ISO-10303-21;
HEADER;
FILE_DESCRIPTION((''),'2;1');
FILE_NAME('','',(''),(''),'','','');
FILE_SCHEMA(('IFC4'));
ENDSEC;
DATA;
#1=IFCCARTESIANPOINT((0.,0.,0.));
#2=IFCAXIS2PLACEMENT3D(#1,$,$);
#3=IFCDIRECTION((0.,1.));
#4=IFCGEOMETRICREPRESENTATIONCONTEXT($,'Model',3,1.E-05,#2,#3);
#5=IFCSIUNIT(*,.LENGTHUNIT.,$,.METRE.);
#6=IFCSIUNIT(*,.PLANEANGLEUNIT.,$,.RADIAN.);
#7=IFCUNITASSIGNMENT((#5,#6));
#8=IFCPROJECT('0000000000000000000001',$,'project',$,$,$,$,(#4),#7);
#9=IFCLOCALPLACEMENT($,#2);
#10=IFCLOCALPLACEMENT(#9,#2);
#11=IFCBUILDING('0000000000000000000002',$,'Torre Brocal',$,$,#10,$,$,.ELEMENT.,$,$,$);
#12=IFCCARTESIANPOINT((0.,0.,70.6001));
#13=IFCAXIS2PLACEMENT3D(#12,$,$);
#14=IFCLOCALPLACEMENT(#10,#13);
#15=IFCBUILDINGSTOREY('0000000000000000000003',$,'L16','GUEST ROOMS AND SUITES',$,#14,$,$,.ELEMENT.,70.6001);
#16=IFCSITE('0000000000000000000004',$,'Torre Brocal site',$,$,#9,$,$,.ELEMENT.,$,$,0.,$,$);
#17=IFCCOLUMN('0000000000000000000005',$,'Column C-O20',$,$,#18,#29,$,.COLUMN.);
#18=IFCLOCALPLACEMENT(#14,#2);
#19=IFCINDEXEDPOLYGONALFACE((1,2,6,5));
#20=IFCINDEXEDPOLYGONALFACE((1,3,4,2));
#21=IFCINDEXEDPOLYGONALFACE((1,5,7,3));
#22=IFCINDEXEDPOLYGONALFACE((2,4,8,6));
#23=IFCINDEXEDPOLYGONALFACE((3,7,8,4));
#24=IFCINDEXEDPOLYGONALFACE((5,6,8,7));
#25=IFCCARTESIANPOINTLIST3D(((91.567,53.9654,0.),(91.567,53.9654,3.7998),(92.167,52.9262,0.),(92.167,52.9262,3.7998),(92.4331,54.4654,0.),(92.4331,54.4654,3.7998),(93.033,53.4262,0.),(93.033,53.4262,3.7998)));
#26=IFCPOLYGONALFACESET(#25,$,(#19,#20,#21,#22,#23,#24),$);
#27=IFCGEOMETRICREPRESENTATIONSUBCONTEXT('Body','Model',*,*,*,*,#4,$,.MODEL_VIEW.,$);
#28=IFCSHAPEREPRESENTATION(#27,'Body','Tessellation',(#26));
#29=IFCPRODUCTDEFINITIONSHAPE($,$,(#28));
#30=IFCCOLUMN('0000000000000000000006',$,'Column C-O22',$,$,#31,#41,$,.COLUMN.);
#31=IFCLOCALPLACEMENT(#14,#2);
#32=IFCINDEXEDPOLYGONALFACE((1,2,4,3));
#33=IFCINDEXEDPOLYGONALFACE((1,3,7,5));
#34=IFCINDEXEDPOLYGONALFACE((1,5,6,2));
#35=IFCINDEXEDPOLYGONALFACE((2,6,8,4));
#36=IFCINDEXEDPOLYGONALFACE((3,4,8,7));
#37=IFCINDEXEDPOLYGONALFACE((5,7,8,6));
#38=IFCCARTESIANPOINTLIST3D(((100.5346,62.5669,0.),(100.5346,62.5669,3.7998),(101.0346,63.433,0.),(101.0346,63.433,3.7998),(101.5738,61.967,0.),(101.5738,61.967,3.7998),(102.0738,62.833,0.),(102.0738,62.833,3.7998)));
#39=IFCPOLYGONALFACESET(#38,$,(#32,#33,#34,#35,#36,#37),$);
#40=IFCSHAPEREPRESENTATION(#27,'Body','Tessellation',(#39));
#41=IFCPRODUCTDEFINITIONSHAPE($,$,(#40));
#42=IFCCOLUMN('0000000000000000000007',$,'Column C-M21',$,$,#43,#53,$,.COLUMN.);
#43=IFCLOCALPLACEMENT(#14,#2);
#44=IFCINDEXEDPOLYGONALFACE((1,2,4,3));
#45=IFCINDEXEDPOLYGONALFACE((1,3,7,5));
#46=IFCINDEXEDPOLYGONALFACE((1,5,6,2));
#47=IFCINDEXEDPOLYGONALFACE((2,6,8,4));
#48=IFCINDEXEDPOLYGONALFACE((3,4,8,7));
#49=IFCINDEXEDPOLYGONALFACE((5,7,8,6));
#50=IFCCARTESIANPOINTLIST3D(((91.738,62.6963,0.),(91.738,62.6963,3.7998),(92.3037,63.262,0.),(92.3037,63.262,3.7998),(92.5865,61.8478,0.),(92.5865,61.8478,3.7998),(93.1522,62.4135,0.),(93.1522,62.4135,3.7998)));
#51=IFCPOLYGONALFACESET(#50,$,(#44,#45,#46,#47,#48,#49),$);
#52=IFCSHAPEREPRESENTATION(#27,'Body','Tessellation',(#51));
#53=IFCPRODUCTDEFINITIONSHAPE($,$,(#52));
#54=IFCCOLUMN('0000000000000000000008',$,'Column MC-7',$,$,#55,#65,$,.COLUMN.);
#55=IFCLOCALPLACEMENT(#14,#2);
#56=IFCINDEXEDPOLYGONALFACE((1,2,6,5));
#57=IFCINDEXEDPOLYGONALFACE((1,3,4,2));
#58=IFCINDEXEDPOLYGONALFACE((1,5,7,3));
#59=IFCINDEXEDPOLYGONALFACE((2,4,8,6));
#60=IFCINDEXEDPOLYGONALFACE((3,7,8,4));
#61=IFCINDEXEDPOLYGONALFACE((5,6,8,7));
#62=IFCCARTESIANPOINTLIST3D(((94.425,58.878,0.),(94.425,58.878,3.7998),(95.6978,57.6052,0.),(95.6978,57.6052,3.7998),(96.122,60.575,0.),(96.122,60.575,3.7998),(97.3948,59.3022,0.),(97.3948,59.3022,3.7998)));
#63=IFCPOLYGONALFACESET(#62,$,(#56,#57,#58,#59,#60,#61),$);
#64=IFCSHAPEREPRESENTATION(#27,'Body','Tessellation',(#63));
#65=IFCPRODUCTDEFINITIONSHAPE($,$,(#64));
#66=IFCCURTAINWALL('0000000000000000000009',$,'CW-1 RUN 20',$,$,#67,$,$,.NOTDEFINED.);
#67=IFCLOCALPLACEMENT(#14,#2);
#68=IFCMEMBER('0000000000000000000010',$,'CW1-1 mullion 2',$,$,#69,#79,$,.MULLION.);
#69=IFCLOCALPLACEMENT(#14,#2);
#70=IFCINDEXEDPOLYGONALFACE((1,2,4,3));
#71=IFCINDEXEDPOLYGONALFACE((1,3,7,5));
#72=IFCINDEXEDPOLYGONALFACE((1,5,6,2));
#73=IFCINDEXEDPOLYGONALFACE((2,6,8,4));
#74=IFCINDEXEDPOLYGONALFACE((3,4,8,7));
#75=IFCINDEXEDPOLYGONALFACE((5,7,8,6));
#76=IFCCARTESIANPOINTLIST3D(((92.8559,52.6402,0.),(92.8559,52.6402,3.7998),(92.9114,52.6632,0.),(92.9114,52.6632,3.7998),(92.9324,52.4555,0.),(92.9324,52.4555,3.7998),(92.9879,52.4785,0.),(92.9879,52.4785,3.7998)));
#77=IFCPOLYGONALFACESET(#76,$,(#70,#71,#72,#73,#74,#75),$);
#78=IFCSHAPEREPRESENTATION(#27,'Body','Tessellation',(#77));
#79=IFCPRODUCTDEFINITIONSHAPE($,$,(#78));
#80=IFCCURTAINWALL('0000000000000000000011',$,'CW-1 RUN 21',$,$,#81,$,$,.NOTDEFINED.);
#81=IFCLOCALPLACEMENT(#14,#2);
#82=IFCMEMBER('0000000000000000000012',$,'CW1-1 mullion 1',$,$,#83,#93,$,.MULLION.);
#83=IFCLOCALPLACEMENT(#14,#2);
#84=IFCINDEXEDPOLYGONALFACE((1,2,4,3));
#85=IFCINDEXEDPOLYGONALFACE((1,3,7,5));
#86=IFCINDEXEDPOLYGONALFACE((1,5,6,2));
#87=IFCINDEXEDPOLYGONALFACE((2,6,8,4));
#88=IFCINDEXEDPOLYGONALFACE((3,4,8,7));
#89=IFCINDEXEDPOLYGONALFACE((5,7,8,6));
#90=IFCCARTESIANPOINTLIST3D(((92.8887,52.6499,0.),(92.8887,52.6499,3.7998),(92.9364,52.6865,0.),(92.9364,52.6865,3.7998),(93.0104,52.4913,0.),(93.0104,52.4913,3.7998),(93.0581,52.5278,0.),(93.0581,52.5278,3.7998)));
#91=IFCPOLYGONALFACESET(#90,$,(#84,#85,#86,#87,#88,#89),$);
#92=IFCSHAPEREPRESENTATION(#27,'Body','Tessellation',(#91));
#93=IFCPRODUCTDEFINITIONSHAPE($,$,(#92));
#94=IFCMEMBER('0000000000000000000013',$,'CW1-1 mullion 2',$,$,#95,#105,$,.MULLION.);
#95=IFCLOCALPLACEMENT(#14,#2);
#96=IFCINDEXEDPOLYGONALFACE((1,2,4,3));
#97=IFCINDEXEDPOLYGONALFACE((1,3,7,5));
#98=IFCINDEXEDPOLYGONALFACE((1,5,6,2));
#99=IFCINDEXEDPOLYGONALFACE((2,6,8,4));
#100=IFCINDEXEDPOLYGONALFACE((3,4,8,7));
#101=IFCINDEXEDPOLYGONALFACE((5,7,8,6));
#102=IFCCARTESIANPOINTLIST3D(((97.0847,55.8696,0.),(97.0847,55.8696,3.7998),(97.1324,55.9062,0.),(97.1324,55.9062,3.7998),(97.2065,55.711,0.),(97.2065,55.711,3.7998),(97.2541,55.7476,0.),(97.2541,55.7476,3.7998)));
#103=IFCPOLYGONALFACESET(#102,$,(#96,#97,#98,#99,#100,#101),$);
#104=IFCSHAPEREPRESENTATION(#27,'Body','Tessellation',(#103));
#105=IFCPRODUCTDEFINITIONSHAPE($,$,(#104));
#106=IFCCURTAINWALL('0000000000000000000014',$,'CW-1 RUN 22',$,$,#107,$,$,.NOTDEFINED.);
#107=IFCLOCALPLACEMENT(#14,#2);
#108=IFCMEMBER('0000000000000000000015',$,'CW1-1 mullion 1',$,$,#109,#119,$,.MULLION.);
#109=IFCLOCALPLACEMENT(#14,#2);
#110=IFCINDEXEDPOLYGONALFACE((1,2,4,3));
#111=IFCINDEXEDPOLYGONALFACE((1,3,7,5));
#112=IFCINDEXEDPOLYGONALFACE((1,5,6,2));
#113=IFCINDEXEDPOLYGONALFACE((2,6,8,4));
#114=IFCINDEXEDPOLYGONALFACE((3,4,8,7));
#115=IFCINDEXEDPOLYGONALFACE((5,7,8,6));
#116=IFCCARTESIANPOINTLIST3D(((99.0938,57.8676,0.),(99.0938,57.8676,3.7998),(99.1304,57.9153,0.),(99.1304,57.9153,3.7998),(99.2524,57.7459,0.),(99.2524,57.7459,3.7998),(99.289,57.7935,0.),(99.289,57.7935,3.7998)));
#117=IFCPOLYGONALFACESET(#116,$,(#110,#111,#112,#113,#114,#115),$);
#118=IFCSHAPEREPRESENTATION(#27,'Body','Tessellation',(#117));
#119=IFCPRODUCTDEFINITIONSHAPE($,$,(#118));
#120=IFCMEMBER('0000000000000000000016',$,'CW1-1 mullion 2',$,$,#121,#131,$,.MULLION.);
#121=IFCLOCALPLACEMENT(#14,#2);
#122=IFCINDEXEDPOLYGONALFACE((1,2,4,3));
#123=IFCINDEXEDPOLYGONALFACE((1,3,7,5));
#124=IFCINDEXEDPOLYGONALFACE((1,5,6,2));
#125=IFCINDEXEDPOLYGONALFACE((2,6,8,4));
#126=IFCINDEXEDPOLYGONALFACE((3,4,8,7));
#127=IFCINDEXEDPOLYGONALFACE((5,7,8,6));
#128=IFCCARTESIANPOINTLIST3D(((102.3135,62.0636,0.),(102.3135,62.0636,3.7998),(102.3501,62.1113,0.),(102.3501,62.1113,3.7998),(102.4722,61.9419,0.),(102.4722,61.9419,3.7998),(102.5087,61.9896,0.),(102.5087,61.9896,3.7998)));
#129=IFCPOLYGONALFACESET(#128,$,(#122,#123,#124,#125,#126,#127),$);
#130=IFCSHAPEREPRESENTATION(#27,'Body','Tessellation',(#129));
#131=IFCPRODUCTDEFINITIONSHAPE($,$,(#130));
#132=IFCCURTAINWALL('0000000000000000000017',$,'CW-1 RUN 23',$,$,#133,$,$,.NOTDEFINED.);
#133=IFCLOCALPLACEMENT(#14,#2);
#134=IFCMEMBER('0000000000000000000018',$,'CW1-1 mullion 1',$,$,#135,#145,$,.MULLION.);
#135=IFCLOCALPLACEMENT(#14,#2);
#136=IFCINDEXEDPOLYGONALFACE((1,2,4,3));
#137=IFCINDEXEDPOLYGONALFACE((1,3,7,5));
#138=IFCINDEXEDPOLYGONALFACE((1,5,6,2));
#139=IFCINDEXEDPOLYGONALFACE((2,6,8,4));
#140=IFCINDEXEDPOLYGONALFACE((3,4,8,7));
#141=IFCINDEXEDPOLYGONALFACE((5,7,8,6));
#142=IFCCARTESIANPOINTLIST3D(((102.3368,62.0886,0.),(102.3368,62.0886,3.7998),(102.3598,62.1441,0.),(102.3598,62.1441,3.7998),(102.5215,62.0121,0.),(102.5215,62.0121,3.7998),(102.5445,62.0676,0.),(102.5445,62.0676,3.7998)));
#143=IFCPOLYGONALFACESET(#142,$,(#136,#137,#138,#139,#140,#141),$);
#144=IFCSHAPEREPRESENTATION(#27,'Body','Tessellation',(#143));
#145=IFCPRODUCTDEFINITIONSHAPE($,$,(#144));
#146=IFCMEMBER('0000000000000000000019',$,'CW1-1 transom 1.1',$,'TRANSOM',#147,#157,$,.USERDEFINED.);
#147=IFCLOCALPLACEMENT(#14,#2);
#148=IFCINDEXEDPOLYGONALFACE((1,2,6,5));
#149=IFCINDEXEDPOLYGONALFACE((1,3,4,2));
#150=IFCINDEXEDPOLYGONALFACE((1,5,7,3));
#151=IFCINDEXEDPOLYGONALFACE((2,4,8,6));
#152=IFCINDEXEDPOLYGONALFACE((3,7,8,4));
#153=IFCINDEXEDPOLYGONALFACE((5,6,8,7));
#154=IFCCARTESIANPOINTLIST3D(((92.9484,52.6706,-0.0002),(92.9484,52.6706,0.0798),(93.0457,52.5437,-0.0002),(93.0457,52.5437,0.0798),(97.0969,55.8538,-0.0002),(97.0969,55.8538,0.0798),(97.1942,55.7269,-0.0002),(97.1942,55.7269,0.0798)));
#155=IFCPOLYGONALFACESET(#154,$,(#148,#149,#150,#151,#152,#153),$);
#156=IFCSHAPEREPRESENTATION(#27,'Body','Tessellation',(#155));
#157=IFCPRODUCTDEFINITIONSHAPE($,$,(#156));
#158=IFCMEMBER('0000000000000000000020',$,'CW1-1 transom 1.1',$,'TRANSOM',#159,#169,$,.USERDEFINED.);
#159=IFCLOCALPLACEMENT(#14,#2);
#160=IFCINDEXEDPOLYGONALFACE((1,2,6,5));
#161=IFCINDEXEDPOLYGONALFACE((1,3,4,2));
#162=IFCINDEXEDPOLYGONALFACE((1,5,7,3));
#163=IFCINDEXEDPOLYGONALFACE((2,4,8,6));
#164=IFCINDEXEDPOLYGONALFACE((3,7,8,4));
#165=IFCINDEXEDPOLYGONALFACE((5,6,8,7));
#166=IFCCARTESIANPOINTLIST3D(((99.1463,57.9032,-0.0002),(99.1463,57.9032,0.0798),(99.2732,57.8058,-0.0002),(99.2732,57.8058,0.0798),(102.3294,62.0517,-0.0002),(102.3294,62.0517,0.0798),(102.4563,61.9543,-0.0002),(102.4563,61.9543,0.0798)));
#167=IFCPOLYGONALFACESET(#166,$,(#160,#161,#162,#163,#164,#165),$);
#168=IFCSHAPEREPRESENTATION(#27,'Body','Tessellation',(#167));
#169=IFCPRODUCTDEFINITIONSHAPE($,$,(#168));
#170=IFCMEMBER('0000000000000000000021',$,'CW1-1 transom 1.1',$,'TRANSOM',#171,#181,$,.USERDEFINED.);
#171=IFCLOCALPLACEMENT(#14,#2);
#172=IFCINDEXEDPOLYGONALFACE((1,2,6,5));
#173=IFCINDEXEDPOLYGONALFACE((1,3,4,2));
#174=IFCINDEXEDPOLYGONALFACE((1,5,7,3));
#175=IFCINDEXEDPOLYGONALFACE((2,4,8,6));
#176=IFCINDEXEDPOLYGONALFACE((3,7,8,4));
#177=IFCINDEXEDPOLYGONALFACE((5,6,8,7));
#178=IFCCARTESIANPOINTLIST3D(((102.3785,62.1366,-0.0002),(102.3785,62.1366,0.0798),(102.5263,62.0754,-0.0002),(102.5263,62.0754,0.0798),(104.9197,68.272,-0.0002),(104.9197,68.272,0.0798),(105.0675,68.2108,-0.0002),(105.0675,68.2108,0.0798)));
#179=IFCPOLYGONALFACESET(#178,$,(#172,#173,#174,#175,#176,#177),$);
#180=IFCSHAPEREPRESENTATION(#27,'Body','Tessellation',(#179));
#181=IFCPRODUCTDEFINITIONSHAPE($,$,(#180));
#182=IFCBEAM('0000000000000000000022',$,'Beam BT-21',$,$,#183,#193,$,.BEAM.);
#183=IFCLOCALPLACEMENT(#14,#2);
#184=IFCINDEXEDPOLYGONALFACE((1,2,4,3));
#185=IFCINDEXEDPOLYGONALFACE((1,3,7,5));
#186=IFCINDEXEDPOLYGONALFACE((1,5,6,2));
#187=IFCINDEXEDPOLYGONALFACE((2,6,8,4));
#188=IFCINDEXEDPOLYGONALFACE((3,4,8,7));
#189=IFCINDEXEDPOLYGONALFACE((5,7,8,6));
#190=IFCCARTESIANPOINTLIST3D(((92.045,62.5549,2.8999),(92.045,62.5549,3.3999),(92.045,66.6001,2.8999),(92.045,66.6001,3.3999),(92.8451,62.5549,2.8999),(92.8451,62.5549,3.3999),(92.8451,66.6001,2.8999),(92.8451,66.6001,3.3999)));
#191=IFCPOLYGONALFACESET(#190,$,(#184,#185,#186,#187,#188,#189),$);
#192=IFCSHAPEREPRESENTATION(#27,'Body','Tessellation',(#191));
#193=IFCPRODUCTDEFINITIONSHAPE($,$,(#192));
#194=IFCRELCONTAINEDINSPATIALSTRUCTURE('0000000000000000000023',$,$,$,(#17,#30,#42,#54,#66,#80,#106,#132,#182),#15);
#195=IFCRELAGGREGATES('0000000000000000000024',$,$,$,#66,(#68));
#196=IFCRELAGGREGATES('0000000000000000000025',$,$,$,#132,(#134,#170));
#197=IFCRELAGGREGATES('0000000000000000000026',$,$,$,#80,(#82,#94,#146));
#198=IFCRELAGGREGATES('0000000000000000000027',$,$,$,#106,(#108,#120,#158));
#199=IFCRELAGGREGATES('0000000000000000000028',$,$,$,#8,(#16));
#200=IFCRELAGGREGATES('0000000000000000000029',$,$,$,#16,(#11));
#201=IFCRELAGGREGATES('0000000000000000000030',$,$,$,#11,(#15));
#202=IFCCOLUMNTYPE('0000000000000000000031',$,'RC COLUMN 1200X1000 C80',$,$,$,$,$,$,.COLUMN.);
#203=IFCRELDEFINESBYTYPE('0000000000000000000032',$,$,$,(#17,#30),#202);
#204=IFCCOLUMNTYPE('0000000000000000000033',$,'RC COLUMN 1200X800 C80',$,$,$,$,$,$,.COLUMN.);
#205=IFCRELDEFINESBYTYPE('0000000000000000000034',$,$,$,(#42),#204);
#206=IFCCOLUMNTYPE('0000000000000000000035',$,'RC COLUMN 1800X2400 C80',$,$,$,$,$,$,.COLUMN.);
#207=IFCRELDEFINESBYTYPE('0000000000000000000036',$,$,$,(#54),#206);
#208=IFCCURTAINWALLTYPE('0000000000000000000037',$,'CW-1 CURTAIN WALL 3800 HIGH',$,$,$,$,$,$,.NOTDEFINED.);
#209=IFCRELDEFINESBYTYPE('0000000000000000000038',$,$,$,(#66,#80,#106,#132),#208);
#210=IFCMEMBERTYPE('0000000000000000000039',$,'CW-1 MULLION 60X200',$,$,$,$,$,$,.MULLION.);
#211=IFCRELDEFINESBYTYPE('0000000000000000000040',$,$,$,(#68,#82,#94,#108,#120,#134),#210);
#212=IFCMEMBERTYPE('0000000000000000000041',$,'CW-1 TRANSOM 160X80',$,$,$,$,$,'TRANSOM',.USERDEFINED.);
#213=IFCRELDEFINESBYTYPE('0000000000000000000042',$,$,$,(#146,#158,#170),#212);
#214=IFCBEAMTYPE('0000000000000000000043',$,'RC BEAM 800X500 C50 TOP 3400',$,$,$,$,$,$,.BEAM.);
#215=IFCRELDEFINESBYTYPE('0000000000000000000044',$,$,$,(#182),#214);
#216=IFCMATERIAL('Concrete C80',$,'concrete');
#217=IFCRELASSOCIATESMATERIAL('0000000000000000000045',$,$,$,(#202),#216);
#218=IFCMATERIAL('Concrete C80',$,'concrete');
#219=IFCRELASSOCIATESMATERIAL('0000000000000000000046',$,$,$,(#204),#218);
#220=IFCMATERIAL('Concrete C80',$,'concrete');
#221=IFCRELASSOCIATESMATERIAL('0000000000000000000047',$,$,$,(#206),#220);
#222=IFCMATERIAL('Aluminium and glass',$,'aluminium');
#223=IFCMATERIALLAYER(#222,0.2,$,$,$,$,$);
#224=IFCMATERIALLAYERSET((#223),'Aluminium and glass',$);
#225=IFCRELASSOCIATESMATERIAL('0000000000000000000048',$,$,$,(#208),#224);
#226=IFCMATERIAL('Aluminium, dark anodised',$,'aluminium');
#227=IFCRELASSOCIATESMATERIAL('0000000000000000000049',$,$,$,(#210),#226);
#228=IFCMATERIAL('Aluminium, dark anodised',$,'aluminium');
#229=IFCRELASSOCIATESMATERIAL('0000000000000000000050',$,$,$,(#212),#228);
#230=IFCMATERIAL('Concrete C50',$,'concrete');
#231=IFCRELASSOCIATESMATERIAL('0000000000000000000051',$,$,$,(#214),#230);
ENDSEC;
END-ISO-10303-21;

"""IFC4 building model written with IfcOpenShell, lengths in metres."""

from ifc_helpers import new_model, si_unit, direction, frame, origin, origin_2d, place, context, subcontext, project, spatial, rectangle, extrude, material, layer, layer_set, material_profile, profile_set, type_object, element, aggregate, save


model = new_model("IFC4")

# Units and contexts
model_context = context("Model", 3, precision=1e-05, world=origin(), true_north=direction((0.0, 1.0)))
body_context = subcontext(model_context, "Body", "Model", "MODEL_VIEW")
ifc_project = project(units=[si_unit("LENGTHUNIT", "METRE"), si_unit("PLANEANGLEUNIT", "RADIAN")], contexts=[model_context])

# Site, building, storey
site_placement = place(None, origin())
site = spatial("IfcSite", under=ifc_project, at=site_placement, Name="Torre Brocal site", CompositionType="ELEMENT", RefElevation=0.0)
building_placement = place(site_placement, origin())
building = spatial("IfcBuilding", under=site, at=building_placement, Name="Torre Brocal", CompositionType="ELEMENT")
storey_placement = place(building_placement, frame((0.0, 0.0, 70.6001)))
storey = spatial("IfcBuildingStorey", under=building, at=storey_placement, Name="L16", Description="GUEST ROOMS AND SUITES", CompositionType="ELEMENT", Elevation=70.6001)

# Columns
ifc_material_1 = material(Name="Concrete C80", Category="concrete")
ifc_material_profile_1 = material_profile(ifc_material_1, rectangle(XDim=1.2, YDim=1.0, at=origin_2d()), Name="RC 1200X1000")
ifc_profile_set_1 = profile_set([ifc_material_profile_1], Name="Concrete C80")
column_type_1 = type_object("IfcColumnType", Name="RC COLUMN 1200X1000 C80", PredefinedType="COLUMN", material=ifc_profile_set_1)
for number, where, z_axis, x_axis, name in (
    (1, (92.3, 53.6958, 0.0), (0.0, 0.0, 1.0), (0.5, -0.866025, 0.0), "Column C-O20"),
    (2, (101.3042, 62.7, 0.0), (0.0, 0.0, 1.0), (0.866025, -0.5, 0.0), "Column C-O22"),
):
    element("IfcColumn", number, at=place(storey_placement, frame(where, z_axis=z_axis, x_axis=x_axis)), inside=storey, type_object=column_type_1, Name=name, PredefinedType="COLUMN", context=body_context, shape_type="SweptSolid", body=[
        extrude(rectangle(XDim=1.2, YDim=1.0, at=origin_2d()), origin(), (0.0, 0.0, 1.0), 3.7998),
    ])
ifc_material_2 = material(Name="Concrete C80", Category="concrete")
ifc_material_profile_2 = material_profile(ifc_material_2, rectangle(XDim=1.2, YDim=0.8, at=origin_2d()), Name="RC 1200X800")
ifc_profile_set_2 = profile_set([ifc_material_profile_2], Name="Concrete C80")
column_type_2 = type_object("IfcColumnType", Name="RC COLUMN 1200X800 C80", PredefinedType="COLUMN", material=ifc_profile_set_2)
column_1_placement = place(storey_placement, frame((92.4451, 62.5549, 0.0), z_axis=(0.0, 0.0, 1.0), x_axis=(0.707107, -0.707107, 0.0)))
element("IfcColumn", 3, at=column_1_placement, inside=storey, type_object=column_type_2, Name="Column C-M21", PredefinedType="COLUMN", context=body_context, shape_type="SweptSolid", body=[
    extrude(rectangle(XDim=1.2, YDim=0.8, at=origin_2d()), origin(), (0.0, 0.0, 1.0), 3.7998),
])
ifc_material_3 = material(Name="Concrete C80", Category="concrete")
ifc_material_profile_3 = material_profile(ifc_material_3, rectangle(XDim=1.8, YDim=2.3999, at=origin_2d()), Name="RC 1800X2400")
ifc_profile_set_3 = profile_set([ifc_material_profile_3], Name="Concrete C80")
column_type_3 = type_object("IfcColumnType", Name="RC COLUMN 1800X2400 C80", PredefinedType="COLUMN", material=ifc_profile_set_3)
column_2_placement = place(storey_placement, frame((95.9099, 59.0901, 0.0), z_axis=(0.0, 0.0, 1.0), x_axis=(0.707107, -0.707107, 0.0)))
element("IfcColumn", 4, at=column_2_placement, inside=storey, type_object=column_type_3, Name="Column MC-7", PredefinedType="COLUMN", context=body_context, shape_type="SweptSolid", body=[
    extrude(rectangle(XDim=1.8, YDim=2.3999, at=origin_2d()), origin(), (0.0, 0.0, 1.0), 3.7998),
])

# Curtain wall, member
ifc_material_4 = material(Name="Aluminium and glass", Category="aluminium")
ifc_layer_1 = layer(ifc_material_4, 0.2)
ifc_layer_set_1 = layer_set([ifc_layer_1], Name="Aluminium and glass")
curtain_wall_type = type_object("IfcCurtainWallType", Name="CW-1 CURTAIN WALL 3800 HIGH", PredefinedType="NOTDEFINED", material=ifc_layer_set_1)
curtain_wall_1_placement = place(storey_placement, origin())
curtain_wall_1 = element("IfcCurtainWall", 5, at=curtain_wall_1_placement, inside=storey, type_object=curtain_wall_type, Name="CW-1 RUN 20", PredefinedType="NOTDEFINED")
ifc_material_5 = material(Name="Aluminium, dark anodised", Category="aluminium")
ifc_material_profile_4 = material_profile(ifc_material_5, rectangle(XDim=0.2, YDim=0.0601, at=origin_2d()), Name="CW-1 MULLION 60X200")
ifc_profile_set_4 = profile_set([ifc_material_profile_4], Name="Aluminium, dark anodised")
member_type_1 = type_object("IfcMemberType", Name="CW-1 MULLION 60X200", PredefinedType="MULLION", material=ifc_profile_set_4)
member_1_placement = place(storey_placement, frame((92.9219, 52.5593, 0.0), z_axis=(0.0, 0.0, 1.0), x_axis=(-0.382683, 0.92388, 0.0)))
member_1 = element("IfcMember", 6, at=member_1_placement, type_object=member_type_1, Name="CW1-1 mullion 2", PredefinedType="MULLION", context=body_context, shape_type="SweptSolid", body=[
    extrude(rectangle(XDim=0.2, YDim=0.0601, at=origin_2d()), origin(), (0.0, 0.0, 1.0), 3.7998),
])
aggregate(curtain_wall_1, [member_1])

# Curtain walls, members
curtain_wall_2_placement = place(storey_placement, origin())
curtain_wall_2 = element("IfcCurtainWall", 7, at=curtain_wall_2_placement, inside=storey, type_object=curtain_wall_type, Name="CW-1 RUN 21", PredefinedType="NOTDEFINED")
member_2_placement = place(storey_placement, frame((92.9734, 52.5889, 0.0), z_axis=(0.0, 0.0, 1.0), x_axis=(-0.608761, 0.793353, 0.0)))
member_2 = element("IfcMember", 8, at=member_2_placement, type_object=member_type_1, Name="CW1-1 mullion 1", PredefinedType="MULLION", context=body_context, shape_type="SweptSolid", body=[
    extrude(rectangle(XDim=0.2, YDim=0.0601, at=origin_2d()), origin(), (0.0, 0.0, 1.0), 3.7998),
])
member_3_placement = place(storey_placement, frame((97.1694, 55.8086, 0.0), z_axis=(0.0, 0.0, 1.0), x_axis=(-0.608761, 0.793353, 0.0)))
member_3 = element("IfcMember", 9, at=member_3_placement, type_object=member_type_1, Name="CW1-1 mullion 2", PredefinedType="MULLION", context=body_context, shape_type="SweptSolid", body=[
    extrude(rectangle(XDim=0.2, YDim=0.0601, at=origin_2d()), origin(), (0.0, 0.0, 1.0), 3.7998),
])
curtain_wall_3_placement = place(storey_placement, origin())
curtain_wall_3 = element("IfcCurtainWall", 10, at=curtain_wall_3_placement, inside=storey, type_object=curtain_wall_type, Name="CW-1 RUN 22", PredefinedType="NOTDEFINED")
member_4_placement = place(storey_placement, frame((99.1914, 57.8306, 0.0), z_axis=(0.0, 0.0, 1.0), x_axis=(-0.793353, 0.608761, 0.0)))
member_4 = element("IfcMember", 11, at=member_4_placement, type_object=member_type_1, Name="CW1-1 mullion 1", PredefinedType="MULLION", context=body_context, shape_type="SweptSolid", body=[
    extrude(rectangle(XDim=0.2, YDim=0.0601, at=origin_2d()), origin(), (0.0, 0.0, 1.0), 3.7998),
])
member_5_placement = place(storey_placement, frame((102.4111, 62.0266, 0.0), z_axis=(0.0, 0.0, 1.0), x_axis=(-0.793353, 0.608761, 0.0)))
member_5 = element("IfcMember", 12, at=member_5_placement, type_object=member_type_1, Name="CW1-1 mullion 2", PredefinedType="MULLION", context=body_context, shape_type="SweptSolid", body=[
    extrude(rectangle(XDim=0.2, YDim=0.0601, at=origin_2d()), origin(), (0.0, 0.0, 1.0), 3.7998),
])

# Curtain wall, member
curtain_wall_4_placement = place(storey_placement, origin())
curtain_wall_4 = element("IfcCurtainWall", 13, at=curtain_wall_4_placement, inside=storey, type_object=curtain_wall_type, Name="CW-1 RUN 23", PredefinedType="NOTDEFINED")
member_6_placement = place(storey_placement, frame((102.4407, 62.0781, 0.0), z_axis=(0.0, 0.0, 1.0), x_axis=(-0.92388, 0.382683, 0.0)))
member_6 = element("IfcMember", 14, at=member_6_placement, type_object=member_type_1, Name="CW1-1 mullion 1", PredefinedType="MULLION", context=body_context, shape_type="SweptSolid", body=[
    extrude(rectangle(XDim=0.2, YDim=0.0601, at=origin_2d()), origin(), (0.0, 0.0, 1.0), 3.7998),
])

# Members
ifc_material_6 = material(Name="Aluminium, dark anodised", Category="aluminium")
ifc_material_profile_5 = material_profile(ifc_material_6, rectangle(XDim=0.1599, YDim=0.0801, at=origin_2d()), Name="CW-1 TRANSOM 160X80")
ifc_profile_set_5 = profile_set([ifc_material_profile_5], Name="Aluminium, dark anodised")
member_type_2 = type_object("IfcMemberType", Name="CW-1 TRANSOM 160X80", ElementType="TRANSOM", PredefinedType="USERDEFINED", material=ifc_profile_set_5)
member_7_placement = place(storey_placement, frame((92.9971, 52.6072, 0.0398), z_axis=(0.793363, 0.608749, 0.0), x_axis=(-0.608749, 0.793363, 0.0)))
member_7 = element("IfcMember", 15, at=member_7_placement, type_object=member_type_2, Name="CW1-1 transom 1.1", ObjectType="TRANSOM", PredefinedType="USERDEFINED", context=body_context, shape_type="SweptSolid", body=[
    extrude(rectangle(XDim=0.1599, YDim=0.0801, at=origin_2d()), origin(), (0.0, 0.0, 1.0), 5.229),
])
member_8_placement = place(storey_placement, frame((99.2097, 57.8545, 0.0398), z_axis=(0.608749, 0.793363, 0.0), x_axis=(-0.793363, 0.608749, 0.0)))
member_8 = element("IfcMember", 16, at=member_8_placement, type_object=member_type_2, Name="CW1-1 transom 1.1", ObjectType="TRANSOM", PredefinedType="USERDEFINED", context=body_context, shape_type="SweptSolid", body=[
    extrude(rectangle(XDim=0.1599, YDim=0.0801, at=origin_2d()), origin(), (0.0, 0.0, 1.0), 5.229),
])
member_9_placement = place(storey_placement, frame((102.4524, 62.106, 0.0398), z_axis=(0.382665, 0.923887, 0.0), x_axis=(-0.923887, 0.382665, 0.0)))
member_9 = element("IfcMember", 17, at=member_9_placement, type_object=member_type_2, Name="CW1-1 transom 1.1", ObjectType="TRANSOM", PredefinedType="USERDEFINED", context=body_context, shape_type="SweptSolid", body=[
    extrude(rectangle(XDim=0.1599, YDim=0.0801, at=origin_2d()), origin(), (0.0, 0.0, 1.0), 6.6409),
])
aggregate(curtain_wall_4, [member_6, member_9])

# Beam
ifc_material_7 = material(Name="Concrete C50", Category="concrete")
ifc_material_profile_6 = material_profile(ifc_material_7, rectangle(XDim=0.8, YDim=0.5, at=origin_2d()), Name="RC 800X500")
ifc_profile_set_6 = profile_set([ifc_material_profile_6], Name="Concrete C50")
beam_type_1 = type_object("IfcBeamType", Name="RC BEAM 800X500 C50 TOP 3400", PredefinedType="BEAM", material=ifc_profile_set_6)
beam_placement = place(storey_placement, frame((92.4451, 62.5549, 3.1499), z_axis=(0.0, 1.0, 0.0), x_axis=(-1.0, 0.0, 0.0)))
element("IfcBeam", 18, at=beam_placement, inside=storey, type_object=beam_type_1, Name="Beam BT-21", PredefinedType="BEAM", context=body_context, shape_type="SweptSolid", body=[
    extrude(rectangle(XDim=0.8, YDim=0.5, at=origin_2d()), origin(), (0.0, 0.0, 1.0), 4.0452),
])

aggregate(curtain_wall_2, [member_2, member_3, member_7])
aggregate(curtain_wall_3, [member_4, member_5, member_8])

save(model, "model.ifc")
